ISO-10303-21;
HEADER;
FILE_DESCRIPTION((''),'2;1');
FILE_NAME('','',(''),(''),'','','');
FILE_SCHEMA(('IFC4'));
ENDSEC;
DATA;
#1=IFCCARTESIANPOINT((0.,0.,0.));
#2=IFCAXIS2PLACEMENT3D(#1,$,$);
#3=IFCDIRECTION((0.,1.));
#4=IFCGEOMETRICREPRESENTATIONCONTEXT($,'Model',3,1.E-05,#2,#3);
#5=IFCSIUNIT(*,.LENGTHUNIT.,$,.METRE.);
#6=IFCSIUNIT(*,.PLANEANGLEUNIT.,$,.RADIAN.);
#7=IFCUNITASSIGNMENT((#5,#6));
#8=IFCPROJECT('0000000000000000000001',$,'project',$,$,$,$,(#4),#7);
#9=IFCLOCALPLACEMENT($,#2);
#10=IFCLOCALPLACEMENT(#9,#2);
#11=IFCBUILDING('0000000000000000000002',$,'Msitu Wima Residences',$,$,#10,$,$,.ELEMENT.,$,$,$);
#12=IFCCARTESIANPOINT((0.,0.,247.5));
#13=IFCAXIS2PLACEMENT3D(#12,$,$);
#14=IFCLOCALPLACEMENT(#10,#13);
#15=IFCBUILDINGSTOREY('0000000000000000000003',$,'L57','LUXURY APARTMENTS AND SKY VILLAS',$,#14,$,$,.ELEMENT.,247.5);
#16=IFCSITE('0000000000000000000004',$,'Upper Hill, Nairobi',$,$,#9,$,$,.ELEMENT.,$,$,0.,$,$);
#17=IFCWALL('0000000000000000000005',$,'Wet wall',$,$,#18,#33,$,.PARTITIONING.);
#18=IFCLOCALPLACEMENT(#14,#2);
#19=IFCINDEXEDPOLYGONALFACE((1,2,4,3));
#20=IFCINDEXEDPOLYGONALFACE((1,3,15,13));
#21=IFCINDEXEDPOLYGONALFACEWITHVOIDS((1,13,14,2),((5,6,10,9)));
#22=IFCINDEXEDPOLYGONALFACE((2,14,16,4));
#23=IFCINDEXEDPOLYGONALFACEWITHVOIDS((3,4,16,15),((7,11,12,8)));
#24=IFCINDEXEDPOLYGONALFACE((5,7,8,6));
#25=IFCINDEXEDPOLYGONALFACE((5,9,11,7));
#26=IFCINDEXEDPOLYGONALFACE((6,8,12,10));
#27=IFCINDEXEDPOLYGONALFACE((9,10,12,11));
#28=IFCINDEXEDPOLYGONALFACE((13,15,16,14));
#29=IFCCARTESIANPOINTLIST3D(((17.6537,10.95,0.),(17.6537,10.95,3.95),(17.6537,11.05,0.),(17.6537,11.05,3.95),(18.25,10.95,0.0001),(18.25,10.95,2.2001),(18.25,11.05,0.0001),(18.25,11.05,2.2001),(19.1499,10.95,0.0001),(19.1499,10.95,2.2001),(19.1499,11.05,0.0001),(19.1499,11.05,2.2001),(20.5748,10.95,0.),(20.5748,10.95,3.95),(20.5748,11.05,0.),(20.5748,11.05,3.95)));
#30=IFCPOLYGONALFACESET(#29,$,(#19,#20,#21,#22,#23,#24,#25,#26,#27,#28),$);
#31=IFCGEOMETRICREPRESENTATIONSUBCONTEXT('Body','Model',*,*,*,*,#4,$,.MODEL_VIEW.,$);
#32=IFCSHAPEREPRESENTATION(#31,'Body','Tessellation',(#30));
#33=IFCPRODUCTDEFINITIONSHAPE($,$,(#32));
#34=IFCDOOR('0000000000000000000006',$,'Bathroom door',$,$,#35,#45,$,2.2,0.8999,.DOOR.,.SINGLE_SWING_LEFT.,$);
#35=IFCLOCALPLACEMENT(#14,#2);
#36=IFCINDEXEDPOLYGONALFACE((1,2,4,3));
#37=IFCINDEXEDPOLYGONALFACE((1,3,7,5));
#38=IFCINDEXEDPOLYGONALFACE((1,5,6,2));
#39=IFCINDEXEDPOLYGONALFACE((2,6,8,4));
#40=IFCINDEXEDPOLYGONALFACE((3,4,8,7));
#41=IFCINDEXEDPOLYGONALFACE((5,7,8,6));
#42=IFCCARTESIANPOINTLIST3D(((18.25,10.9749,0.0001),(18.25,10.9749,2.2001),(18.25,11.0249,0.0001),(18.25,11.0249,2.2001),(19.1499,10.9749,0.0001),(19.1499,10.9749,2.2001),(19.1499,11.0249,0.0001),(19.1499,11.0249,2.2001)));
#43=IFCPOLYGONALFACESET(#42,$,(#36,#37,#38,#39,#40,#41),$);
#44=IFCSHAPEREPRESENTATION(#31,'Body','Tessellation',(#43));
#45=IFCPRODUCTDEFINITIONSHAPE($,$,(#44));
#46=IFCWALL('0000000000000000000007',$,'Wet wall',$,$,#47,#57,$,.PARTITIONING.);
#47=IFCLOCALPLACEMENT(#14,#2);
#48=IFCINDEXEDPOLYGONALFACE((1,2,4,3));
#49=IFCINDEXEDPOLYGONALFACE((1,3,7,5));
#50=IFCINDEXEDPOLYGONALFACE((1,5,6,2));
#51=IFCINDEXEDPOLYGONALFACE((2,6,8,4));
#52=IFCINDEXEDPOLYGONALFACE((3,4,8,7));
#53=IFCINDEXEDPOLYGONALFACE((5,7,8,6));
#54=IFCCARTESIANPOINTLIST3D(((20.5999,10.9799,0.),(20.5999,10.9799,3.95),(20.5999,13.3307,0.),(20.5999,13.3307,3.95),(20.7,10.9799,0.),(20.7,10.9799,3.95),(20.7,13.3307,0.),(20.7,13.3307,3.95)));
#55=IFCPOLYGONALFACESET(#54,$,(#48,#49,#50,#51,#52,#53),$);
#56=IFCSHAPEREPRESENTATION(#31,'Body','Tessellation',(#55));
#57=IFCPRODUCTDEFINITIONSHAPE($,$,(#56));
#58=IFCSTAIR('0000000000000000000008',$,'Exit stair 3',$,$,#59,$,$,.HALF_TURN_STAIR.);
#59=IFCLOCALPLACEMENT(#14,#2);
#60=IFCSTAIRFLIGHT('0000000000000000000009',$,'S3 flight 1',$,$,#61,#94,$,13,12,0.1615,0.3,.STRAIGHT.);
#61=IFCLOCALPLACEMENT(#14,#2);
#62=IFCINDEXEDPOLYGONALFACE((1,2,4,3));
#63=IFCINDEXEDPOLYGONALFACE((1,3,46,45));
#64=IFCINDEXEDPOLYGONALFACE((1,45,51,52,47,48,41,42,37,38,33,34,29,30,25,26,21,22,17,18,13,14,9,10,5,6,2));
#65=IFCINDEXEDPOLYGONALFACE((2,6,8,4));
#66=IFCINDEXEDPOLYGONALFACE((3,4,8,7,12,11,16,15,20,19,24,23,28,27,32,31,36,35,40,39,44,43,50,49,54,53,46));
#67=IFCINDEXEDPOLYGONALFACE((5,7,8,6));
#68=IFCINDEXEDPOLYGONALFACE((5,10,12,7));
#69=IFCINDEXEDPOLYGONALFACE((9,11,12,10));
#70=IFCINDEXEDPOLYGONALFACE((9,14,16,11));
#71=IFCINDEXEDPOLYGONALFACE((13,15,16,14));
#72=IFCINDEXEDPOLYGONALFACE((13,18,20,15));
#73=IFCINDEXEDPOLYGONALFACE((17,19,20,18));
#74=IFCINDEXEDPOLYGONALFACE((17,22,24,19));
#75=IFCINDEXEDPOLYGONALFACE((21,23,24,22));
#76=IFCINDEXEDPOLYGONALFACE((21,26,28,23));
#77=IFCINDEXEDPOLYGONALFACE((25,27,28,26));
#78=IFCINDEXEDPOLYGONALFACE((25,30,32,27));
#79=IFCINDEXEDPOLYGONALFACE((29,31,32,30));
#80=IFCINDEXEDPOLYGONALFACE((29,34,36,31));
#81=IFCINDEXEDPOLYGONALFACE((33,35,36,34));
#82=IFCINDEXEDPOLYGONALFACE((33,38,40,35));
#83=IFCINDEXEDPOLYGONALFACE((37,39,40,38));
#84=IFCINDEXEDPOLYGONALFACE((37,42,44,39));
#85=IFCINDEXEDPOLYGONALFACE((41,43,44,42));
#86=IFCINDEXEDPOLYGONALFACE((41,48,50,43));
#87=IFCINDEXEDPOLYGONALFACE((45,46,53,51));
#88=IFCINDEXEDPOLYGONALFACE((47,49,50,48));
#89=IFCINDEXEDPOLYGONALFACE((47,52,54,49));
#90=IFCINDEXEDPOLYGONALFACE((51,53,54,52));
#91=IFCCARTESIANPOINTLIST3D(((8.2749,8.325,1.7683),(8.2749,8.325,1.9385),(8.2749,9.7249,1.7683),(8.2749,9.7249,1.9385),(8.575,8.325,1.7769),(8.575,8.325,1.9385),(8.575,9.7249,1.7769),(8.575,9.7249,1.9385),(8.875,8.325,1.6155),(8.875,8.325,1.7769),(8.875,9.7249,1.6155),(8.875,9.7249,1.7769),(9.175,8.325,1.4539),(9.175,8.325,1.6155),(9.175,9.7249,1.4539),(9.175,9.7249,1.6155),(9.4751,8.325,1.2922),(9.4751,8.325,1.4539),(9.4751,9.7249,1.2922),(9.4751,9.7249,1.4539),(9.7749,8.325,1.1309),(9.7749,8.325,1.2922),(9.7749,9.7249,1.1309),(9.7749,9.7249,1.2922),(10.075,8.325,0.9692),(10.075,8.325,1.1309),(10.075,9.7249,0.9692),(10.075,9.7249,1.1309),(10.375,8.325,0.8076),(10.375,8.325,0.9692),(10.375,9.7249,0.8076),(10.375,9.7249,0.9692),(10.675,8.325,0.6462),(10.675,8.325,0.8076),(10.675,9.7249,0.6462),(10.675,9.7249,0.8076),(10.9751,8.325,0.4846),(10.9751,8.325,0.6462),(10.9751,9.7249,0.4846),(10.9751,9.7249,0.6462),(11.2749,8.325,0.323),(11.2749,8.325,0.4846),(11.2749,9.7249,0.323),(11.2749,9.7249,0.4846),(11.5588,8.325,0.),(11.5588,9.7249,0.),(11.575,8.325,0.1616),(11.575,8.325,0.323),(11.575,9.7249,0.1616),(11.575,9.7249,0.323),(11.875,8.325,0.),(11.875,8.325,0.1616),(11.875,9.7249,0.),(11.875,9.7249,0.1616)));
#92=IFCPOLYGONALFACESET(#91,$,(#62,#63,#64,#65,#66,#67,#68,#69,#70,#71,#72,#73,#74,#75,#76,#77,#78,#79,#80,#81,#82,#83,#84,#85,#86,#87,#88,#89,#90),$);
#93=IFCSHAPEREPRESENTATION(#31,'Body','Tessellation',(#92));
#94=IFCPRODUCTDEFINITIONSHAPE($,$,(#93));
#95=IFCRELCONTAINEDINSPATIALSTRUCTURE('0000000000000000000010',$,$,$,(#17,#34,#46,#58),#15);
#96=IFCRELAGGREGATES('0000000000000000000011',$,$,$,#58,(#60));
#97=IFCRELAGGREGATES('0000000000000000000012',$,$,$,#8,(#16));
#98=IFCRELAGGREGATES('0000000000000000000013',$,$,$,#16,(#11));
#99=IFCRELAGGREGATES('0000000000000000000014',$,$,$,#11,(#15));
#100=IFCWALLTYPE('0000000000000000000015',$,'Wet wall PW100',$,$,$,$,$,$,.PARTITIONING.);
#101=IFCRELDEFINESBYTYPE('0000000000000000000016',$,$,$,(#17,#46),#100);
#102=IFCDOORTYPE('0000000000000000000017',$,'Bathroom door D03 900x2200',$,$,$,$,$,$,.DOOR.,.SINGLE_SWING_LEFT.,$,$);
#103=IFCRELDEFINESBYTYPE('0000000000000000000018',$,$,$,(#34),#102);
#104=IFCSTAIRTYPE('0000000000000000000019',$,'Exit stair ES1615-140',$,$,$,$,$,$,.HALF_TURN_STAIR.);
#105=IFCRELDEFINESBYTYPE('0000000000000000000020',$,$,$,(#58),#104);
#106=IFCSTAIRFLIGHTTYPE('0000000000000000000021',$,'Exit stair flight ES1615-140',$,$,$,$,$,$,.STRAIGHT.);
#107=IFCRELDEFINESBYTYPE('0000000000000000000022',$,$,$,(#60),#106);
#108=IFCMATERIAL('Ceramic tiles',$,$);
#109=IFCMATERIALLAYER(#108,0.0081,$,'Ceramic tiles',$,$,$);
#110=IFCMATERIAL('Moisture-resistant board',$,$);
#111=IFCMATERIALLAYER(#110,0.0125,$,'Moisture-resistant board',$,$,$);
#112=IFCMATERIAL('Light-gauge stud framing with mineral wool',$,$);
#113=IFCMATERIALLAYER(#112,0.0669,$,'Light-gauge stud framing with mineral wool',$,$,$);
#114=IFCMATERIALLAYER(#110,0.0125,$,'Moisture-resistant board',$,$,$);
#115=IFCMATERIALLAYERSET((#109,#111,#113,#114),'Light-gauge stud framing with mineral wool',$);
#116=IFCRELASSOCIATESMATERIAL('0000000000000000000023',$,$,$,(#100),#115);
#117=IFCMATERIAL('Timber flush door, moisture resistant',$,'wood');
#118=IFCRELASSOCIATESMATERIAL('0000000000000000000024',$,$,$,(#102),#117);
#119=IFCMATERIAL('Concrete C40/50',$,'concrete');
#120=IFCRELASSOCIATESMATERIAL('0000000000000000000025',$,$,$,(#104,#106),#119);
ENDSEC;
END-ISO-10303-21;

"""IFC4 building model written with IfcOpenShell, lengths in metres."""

from ifc_helpers import new_model, si_unit, direction, frame, frame_2d, origin, place, context, subcontext, project, spatial, polyline, rectangle, outline, extrude, material, layer, layer_set, type_object, element, fill, aggregate, save


model = new_model("IFC4")

# Units and contexts
model_context = context("Model", 3, precision=1e-05, world=origin(), true_north=direction((0.0, 1.0)))
body_context = subcontext(model_context, "Body", "Model", "MODEL_VIEW")
ifc_project = project(units=[si_unit("LENGTHUNIT", "METRE"), si_unit("PLANEANGLEUNIT", "RADIAN")], contexts=[model_context])

# Site, building, storey
site_placement = place(None, origin())
site = spatial("IfcSite", under=ifc_project, at=site_placement, Name="Upper Hill, Nairobi", CompositionType="ELEMENT", RefElevation=0.0)
building_placement = place(site_placement, origin())
building = spatial("IfcBuilding", under=site, at=building_placement, Name="Msitu Wima Residences", CompositionType="ELEMENT")
storey_placement = place(building_placement, frame((0.0, 0.0, 247.5)))
storey = spatial("IfcBuildingStorey", under=building, at=storey_placement, Name="L57", Description="LUXURY APARTMENTS AND SKY VILLAS", CompositionType="ELEMENT", Elevation=247.5)

# Shared definitions
ifc_material_1 = material(Name="Concrete C40/50", Category="concrete")

# Shared definitions
ifc_material_2 = material(Name="Ceramic tiles")
ifc_layer_1 = layer(ifc_material_2, 0.0081, Name="Ceramic tiles")
ifc_material_3 = material(Name="Moisture-resistant board")
ifc_layer_2 = layer(ifc_material_3, 0.0125, Name="Moisture-resistant board")
ifc_material_4 = material(Name="Light-gauge stud framing with mineral wool")
ifc_layer_3 = layer(ifc_material_4, 0.0669, Name="Light-gauge stud framing with mineral wool")
ifc_layer_4 = layer(ifc_material_3, 0.0125, Name="Moisture-resistant board")
ifc_layer_set_1 = layer_set([ifc_layer_1, ifc_layer_2, ifc_layer_3, ifc_layer_4], Name="Light-gauge stud framing with mineral wool")
wall_type_1 = type_object("IfcWallType", Name="Wet wall PW100", PredefinedType="PARTITIONING", material=ifc_layer_set_1)

# Wall, opening, door
wall_1_placement = place(storey_placement, frame((17.6538, 11.0, 0.0), z_axis=(0.0, 0.0, 1.0), x_axis=(1.0, 0.0, 0.0)))
wall_1 = element("IfcWall", 1, at=wall_1_placement, inside=storey, type_object=wall_type_1, Name="Wet wall", PredefinedType="PARTITIONING", context=body_context, shape_type="SweptSolid", body=[
    extrude(rectangle(XDim=2.9211, YDim=0.1001, at=frame_2d((1.4604, 0.0))), origin(), (0.0, 0.0, 1.0), 3.95),
])
opening_1_placement = place(wall_1_placement, frame((0.5962, 0.0, 0.0)))
opening_1 = element("IfcOpeningElement", 2, at=opening_1_placement, cuts=wall_1, PredefinedType="OPENING", context=body_context, shape_type="SweptSolid", body=[
    extrude(rectangle(XDim=0.8999, YDim=2.2, at=frame_2d((0.45, 1.1001))), frame((0.0, 0.0601, 0.0), z_axis=(0.0, -1.0, 0.0), x_axis=(1.0, 0.0, 0.0)), (0.0, 0.0, 1.0), 0.1201),
])
ifc_material_5 = material(Name="Timber flush door, moisture resistant", Category="wood")
door_type_1 = type_object("IfcDoorType", Name="Bathroom door D03 900x2200", OperationType="SINGLE_SWING_LEFT", PredefinedType="DOOR", material=ifc_material_5)
door_1_placement = place(opening_1_placement, origin())
door_1 = element("IfcDoor", 3, at=door_1_placement, inside=storey, type_object=door_type_1, Name="Bathroom door", OperationType="SINGLE_SWING_LEFT", OverallHeight=2.2, OverallWidth=0.8999, PredefinedType="DOOR", context=body_context, shape_type="SweptSolid", body=[
    extrude(rectangle(XDim=0.8999, YDim=2.2, at=frame_2d((0.45, 1.1001))), frame((0.0, 0.0249, 0.0), z_axis=(0.0, -1.0, 0.0), x_axis=(1.0, 0.0, 0.0)), (0.0, 0.0, 1.0), 0.05),
])
fill(opening_1, door_1)

# Wall
wall_2_placement = place(storey_placement, frame((20.6499, 10.98, 0.0), z_axis=(0.0, 0.0, 1.0), x_axis=(0.0, 1.0, 0.0)))
element("IfcWall", 4, at=wall_2_placement, inside=storey, type_object=wall_type_1, Name="Wet wall", PredefinedType="PARTITIONING", context=body_context, shape_type="SweptSolid", body=[
    extrude(rectangle(XDim=2.3508, YDim=0.1001, at=frame_2d((1.1753, 0.0))), origin(), (0.0, 0.0, 1.0), 3.95),
])

# Stair, stair flight
stair_type = type_object("IfcStairType", Name="Exit stair ES1615-140", PredefinedType="HALF_TURN_STAIR", material=ifc_material_1)
stair_placement = place(storey_placement, origin())
stair = element("IfcStair", 5, at=stair_placement, inside=storey, type_object=stair_type, Name="Exit stair 3", PredefinedType="HALF_TURN_STAIR")
stair_flight_type = type_object("IfcStairFlightType", Name="Exit stair flight ES1615-140", PredefinedType="STRAIGHT", material=ifc_material_1)
stair_flight_placement = place(storey_placement, frame((11.875, 9.0249, 0.0), z_axis=(0.0, 0.0, 1.0), x_axis=(-1.0, 0.0, 0.0)))
stair_flight = element("IfcStairFlight", 6, at=stair_flight_placement, type_object=stair_flight_type, Name="S3 flight 1", NumberOfRisers=13, NumberOfTreads=12, PredefinedType="STRAIGHT", RiserHeight=0.1615, TreadLength=0.3, context=body_context, shape_type="SweptSolid", body=[
    extrude(outline(polyline([(0.0, 0.0), (0.0, 0.1616), (0.3, 0.1616), (0.3, 0.323), (0.6001, 0.323), (0.6001, 0.4846), (0.8999, 0.4846), (0.8999, 0.6462), (1.2, 0.6462), (1.2, 0.8076), (1.5, 0.8076), (1.5, 0.9692), (1.8, 0.9692), (1.8, 1.1309), (2.1001, 1.1309), (2.1001, 1.2922), (2.3999, 1.2922), (2.3999, 1.4539), (2.7, 1.4539), (2.7, 1.6155), (3.0, 1.6155), (3.0, 1.7769), (3.3, 1.7769), (3.3, 1.9385), (3.6001, 1.9385), (3.6001, 2.1001), (3.6001, 1.7683), (0.3162, 0.0), (0.0, 0.0)])), frame((0.0, 0.7, 0.0), z_axis=(0.0, -1.0, 0.0), x_axis=(1.0, 0.0, 0.0)), (0.0, 0.0, 1.0), 1.3999),
])
aggregate(stair, [stair_flight])

save(model, "model.ifc")
